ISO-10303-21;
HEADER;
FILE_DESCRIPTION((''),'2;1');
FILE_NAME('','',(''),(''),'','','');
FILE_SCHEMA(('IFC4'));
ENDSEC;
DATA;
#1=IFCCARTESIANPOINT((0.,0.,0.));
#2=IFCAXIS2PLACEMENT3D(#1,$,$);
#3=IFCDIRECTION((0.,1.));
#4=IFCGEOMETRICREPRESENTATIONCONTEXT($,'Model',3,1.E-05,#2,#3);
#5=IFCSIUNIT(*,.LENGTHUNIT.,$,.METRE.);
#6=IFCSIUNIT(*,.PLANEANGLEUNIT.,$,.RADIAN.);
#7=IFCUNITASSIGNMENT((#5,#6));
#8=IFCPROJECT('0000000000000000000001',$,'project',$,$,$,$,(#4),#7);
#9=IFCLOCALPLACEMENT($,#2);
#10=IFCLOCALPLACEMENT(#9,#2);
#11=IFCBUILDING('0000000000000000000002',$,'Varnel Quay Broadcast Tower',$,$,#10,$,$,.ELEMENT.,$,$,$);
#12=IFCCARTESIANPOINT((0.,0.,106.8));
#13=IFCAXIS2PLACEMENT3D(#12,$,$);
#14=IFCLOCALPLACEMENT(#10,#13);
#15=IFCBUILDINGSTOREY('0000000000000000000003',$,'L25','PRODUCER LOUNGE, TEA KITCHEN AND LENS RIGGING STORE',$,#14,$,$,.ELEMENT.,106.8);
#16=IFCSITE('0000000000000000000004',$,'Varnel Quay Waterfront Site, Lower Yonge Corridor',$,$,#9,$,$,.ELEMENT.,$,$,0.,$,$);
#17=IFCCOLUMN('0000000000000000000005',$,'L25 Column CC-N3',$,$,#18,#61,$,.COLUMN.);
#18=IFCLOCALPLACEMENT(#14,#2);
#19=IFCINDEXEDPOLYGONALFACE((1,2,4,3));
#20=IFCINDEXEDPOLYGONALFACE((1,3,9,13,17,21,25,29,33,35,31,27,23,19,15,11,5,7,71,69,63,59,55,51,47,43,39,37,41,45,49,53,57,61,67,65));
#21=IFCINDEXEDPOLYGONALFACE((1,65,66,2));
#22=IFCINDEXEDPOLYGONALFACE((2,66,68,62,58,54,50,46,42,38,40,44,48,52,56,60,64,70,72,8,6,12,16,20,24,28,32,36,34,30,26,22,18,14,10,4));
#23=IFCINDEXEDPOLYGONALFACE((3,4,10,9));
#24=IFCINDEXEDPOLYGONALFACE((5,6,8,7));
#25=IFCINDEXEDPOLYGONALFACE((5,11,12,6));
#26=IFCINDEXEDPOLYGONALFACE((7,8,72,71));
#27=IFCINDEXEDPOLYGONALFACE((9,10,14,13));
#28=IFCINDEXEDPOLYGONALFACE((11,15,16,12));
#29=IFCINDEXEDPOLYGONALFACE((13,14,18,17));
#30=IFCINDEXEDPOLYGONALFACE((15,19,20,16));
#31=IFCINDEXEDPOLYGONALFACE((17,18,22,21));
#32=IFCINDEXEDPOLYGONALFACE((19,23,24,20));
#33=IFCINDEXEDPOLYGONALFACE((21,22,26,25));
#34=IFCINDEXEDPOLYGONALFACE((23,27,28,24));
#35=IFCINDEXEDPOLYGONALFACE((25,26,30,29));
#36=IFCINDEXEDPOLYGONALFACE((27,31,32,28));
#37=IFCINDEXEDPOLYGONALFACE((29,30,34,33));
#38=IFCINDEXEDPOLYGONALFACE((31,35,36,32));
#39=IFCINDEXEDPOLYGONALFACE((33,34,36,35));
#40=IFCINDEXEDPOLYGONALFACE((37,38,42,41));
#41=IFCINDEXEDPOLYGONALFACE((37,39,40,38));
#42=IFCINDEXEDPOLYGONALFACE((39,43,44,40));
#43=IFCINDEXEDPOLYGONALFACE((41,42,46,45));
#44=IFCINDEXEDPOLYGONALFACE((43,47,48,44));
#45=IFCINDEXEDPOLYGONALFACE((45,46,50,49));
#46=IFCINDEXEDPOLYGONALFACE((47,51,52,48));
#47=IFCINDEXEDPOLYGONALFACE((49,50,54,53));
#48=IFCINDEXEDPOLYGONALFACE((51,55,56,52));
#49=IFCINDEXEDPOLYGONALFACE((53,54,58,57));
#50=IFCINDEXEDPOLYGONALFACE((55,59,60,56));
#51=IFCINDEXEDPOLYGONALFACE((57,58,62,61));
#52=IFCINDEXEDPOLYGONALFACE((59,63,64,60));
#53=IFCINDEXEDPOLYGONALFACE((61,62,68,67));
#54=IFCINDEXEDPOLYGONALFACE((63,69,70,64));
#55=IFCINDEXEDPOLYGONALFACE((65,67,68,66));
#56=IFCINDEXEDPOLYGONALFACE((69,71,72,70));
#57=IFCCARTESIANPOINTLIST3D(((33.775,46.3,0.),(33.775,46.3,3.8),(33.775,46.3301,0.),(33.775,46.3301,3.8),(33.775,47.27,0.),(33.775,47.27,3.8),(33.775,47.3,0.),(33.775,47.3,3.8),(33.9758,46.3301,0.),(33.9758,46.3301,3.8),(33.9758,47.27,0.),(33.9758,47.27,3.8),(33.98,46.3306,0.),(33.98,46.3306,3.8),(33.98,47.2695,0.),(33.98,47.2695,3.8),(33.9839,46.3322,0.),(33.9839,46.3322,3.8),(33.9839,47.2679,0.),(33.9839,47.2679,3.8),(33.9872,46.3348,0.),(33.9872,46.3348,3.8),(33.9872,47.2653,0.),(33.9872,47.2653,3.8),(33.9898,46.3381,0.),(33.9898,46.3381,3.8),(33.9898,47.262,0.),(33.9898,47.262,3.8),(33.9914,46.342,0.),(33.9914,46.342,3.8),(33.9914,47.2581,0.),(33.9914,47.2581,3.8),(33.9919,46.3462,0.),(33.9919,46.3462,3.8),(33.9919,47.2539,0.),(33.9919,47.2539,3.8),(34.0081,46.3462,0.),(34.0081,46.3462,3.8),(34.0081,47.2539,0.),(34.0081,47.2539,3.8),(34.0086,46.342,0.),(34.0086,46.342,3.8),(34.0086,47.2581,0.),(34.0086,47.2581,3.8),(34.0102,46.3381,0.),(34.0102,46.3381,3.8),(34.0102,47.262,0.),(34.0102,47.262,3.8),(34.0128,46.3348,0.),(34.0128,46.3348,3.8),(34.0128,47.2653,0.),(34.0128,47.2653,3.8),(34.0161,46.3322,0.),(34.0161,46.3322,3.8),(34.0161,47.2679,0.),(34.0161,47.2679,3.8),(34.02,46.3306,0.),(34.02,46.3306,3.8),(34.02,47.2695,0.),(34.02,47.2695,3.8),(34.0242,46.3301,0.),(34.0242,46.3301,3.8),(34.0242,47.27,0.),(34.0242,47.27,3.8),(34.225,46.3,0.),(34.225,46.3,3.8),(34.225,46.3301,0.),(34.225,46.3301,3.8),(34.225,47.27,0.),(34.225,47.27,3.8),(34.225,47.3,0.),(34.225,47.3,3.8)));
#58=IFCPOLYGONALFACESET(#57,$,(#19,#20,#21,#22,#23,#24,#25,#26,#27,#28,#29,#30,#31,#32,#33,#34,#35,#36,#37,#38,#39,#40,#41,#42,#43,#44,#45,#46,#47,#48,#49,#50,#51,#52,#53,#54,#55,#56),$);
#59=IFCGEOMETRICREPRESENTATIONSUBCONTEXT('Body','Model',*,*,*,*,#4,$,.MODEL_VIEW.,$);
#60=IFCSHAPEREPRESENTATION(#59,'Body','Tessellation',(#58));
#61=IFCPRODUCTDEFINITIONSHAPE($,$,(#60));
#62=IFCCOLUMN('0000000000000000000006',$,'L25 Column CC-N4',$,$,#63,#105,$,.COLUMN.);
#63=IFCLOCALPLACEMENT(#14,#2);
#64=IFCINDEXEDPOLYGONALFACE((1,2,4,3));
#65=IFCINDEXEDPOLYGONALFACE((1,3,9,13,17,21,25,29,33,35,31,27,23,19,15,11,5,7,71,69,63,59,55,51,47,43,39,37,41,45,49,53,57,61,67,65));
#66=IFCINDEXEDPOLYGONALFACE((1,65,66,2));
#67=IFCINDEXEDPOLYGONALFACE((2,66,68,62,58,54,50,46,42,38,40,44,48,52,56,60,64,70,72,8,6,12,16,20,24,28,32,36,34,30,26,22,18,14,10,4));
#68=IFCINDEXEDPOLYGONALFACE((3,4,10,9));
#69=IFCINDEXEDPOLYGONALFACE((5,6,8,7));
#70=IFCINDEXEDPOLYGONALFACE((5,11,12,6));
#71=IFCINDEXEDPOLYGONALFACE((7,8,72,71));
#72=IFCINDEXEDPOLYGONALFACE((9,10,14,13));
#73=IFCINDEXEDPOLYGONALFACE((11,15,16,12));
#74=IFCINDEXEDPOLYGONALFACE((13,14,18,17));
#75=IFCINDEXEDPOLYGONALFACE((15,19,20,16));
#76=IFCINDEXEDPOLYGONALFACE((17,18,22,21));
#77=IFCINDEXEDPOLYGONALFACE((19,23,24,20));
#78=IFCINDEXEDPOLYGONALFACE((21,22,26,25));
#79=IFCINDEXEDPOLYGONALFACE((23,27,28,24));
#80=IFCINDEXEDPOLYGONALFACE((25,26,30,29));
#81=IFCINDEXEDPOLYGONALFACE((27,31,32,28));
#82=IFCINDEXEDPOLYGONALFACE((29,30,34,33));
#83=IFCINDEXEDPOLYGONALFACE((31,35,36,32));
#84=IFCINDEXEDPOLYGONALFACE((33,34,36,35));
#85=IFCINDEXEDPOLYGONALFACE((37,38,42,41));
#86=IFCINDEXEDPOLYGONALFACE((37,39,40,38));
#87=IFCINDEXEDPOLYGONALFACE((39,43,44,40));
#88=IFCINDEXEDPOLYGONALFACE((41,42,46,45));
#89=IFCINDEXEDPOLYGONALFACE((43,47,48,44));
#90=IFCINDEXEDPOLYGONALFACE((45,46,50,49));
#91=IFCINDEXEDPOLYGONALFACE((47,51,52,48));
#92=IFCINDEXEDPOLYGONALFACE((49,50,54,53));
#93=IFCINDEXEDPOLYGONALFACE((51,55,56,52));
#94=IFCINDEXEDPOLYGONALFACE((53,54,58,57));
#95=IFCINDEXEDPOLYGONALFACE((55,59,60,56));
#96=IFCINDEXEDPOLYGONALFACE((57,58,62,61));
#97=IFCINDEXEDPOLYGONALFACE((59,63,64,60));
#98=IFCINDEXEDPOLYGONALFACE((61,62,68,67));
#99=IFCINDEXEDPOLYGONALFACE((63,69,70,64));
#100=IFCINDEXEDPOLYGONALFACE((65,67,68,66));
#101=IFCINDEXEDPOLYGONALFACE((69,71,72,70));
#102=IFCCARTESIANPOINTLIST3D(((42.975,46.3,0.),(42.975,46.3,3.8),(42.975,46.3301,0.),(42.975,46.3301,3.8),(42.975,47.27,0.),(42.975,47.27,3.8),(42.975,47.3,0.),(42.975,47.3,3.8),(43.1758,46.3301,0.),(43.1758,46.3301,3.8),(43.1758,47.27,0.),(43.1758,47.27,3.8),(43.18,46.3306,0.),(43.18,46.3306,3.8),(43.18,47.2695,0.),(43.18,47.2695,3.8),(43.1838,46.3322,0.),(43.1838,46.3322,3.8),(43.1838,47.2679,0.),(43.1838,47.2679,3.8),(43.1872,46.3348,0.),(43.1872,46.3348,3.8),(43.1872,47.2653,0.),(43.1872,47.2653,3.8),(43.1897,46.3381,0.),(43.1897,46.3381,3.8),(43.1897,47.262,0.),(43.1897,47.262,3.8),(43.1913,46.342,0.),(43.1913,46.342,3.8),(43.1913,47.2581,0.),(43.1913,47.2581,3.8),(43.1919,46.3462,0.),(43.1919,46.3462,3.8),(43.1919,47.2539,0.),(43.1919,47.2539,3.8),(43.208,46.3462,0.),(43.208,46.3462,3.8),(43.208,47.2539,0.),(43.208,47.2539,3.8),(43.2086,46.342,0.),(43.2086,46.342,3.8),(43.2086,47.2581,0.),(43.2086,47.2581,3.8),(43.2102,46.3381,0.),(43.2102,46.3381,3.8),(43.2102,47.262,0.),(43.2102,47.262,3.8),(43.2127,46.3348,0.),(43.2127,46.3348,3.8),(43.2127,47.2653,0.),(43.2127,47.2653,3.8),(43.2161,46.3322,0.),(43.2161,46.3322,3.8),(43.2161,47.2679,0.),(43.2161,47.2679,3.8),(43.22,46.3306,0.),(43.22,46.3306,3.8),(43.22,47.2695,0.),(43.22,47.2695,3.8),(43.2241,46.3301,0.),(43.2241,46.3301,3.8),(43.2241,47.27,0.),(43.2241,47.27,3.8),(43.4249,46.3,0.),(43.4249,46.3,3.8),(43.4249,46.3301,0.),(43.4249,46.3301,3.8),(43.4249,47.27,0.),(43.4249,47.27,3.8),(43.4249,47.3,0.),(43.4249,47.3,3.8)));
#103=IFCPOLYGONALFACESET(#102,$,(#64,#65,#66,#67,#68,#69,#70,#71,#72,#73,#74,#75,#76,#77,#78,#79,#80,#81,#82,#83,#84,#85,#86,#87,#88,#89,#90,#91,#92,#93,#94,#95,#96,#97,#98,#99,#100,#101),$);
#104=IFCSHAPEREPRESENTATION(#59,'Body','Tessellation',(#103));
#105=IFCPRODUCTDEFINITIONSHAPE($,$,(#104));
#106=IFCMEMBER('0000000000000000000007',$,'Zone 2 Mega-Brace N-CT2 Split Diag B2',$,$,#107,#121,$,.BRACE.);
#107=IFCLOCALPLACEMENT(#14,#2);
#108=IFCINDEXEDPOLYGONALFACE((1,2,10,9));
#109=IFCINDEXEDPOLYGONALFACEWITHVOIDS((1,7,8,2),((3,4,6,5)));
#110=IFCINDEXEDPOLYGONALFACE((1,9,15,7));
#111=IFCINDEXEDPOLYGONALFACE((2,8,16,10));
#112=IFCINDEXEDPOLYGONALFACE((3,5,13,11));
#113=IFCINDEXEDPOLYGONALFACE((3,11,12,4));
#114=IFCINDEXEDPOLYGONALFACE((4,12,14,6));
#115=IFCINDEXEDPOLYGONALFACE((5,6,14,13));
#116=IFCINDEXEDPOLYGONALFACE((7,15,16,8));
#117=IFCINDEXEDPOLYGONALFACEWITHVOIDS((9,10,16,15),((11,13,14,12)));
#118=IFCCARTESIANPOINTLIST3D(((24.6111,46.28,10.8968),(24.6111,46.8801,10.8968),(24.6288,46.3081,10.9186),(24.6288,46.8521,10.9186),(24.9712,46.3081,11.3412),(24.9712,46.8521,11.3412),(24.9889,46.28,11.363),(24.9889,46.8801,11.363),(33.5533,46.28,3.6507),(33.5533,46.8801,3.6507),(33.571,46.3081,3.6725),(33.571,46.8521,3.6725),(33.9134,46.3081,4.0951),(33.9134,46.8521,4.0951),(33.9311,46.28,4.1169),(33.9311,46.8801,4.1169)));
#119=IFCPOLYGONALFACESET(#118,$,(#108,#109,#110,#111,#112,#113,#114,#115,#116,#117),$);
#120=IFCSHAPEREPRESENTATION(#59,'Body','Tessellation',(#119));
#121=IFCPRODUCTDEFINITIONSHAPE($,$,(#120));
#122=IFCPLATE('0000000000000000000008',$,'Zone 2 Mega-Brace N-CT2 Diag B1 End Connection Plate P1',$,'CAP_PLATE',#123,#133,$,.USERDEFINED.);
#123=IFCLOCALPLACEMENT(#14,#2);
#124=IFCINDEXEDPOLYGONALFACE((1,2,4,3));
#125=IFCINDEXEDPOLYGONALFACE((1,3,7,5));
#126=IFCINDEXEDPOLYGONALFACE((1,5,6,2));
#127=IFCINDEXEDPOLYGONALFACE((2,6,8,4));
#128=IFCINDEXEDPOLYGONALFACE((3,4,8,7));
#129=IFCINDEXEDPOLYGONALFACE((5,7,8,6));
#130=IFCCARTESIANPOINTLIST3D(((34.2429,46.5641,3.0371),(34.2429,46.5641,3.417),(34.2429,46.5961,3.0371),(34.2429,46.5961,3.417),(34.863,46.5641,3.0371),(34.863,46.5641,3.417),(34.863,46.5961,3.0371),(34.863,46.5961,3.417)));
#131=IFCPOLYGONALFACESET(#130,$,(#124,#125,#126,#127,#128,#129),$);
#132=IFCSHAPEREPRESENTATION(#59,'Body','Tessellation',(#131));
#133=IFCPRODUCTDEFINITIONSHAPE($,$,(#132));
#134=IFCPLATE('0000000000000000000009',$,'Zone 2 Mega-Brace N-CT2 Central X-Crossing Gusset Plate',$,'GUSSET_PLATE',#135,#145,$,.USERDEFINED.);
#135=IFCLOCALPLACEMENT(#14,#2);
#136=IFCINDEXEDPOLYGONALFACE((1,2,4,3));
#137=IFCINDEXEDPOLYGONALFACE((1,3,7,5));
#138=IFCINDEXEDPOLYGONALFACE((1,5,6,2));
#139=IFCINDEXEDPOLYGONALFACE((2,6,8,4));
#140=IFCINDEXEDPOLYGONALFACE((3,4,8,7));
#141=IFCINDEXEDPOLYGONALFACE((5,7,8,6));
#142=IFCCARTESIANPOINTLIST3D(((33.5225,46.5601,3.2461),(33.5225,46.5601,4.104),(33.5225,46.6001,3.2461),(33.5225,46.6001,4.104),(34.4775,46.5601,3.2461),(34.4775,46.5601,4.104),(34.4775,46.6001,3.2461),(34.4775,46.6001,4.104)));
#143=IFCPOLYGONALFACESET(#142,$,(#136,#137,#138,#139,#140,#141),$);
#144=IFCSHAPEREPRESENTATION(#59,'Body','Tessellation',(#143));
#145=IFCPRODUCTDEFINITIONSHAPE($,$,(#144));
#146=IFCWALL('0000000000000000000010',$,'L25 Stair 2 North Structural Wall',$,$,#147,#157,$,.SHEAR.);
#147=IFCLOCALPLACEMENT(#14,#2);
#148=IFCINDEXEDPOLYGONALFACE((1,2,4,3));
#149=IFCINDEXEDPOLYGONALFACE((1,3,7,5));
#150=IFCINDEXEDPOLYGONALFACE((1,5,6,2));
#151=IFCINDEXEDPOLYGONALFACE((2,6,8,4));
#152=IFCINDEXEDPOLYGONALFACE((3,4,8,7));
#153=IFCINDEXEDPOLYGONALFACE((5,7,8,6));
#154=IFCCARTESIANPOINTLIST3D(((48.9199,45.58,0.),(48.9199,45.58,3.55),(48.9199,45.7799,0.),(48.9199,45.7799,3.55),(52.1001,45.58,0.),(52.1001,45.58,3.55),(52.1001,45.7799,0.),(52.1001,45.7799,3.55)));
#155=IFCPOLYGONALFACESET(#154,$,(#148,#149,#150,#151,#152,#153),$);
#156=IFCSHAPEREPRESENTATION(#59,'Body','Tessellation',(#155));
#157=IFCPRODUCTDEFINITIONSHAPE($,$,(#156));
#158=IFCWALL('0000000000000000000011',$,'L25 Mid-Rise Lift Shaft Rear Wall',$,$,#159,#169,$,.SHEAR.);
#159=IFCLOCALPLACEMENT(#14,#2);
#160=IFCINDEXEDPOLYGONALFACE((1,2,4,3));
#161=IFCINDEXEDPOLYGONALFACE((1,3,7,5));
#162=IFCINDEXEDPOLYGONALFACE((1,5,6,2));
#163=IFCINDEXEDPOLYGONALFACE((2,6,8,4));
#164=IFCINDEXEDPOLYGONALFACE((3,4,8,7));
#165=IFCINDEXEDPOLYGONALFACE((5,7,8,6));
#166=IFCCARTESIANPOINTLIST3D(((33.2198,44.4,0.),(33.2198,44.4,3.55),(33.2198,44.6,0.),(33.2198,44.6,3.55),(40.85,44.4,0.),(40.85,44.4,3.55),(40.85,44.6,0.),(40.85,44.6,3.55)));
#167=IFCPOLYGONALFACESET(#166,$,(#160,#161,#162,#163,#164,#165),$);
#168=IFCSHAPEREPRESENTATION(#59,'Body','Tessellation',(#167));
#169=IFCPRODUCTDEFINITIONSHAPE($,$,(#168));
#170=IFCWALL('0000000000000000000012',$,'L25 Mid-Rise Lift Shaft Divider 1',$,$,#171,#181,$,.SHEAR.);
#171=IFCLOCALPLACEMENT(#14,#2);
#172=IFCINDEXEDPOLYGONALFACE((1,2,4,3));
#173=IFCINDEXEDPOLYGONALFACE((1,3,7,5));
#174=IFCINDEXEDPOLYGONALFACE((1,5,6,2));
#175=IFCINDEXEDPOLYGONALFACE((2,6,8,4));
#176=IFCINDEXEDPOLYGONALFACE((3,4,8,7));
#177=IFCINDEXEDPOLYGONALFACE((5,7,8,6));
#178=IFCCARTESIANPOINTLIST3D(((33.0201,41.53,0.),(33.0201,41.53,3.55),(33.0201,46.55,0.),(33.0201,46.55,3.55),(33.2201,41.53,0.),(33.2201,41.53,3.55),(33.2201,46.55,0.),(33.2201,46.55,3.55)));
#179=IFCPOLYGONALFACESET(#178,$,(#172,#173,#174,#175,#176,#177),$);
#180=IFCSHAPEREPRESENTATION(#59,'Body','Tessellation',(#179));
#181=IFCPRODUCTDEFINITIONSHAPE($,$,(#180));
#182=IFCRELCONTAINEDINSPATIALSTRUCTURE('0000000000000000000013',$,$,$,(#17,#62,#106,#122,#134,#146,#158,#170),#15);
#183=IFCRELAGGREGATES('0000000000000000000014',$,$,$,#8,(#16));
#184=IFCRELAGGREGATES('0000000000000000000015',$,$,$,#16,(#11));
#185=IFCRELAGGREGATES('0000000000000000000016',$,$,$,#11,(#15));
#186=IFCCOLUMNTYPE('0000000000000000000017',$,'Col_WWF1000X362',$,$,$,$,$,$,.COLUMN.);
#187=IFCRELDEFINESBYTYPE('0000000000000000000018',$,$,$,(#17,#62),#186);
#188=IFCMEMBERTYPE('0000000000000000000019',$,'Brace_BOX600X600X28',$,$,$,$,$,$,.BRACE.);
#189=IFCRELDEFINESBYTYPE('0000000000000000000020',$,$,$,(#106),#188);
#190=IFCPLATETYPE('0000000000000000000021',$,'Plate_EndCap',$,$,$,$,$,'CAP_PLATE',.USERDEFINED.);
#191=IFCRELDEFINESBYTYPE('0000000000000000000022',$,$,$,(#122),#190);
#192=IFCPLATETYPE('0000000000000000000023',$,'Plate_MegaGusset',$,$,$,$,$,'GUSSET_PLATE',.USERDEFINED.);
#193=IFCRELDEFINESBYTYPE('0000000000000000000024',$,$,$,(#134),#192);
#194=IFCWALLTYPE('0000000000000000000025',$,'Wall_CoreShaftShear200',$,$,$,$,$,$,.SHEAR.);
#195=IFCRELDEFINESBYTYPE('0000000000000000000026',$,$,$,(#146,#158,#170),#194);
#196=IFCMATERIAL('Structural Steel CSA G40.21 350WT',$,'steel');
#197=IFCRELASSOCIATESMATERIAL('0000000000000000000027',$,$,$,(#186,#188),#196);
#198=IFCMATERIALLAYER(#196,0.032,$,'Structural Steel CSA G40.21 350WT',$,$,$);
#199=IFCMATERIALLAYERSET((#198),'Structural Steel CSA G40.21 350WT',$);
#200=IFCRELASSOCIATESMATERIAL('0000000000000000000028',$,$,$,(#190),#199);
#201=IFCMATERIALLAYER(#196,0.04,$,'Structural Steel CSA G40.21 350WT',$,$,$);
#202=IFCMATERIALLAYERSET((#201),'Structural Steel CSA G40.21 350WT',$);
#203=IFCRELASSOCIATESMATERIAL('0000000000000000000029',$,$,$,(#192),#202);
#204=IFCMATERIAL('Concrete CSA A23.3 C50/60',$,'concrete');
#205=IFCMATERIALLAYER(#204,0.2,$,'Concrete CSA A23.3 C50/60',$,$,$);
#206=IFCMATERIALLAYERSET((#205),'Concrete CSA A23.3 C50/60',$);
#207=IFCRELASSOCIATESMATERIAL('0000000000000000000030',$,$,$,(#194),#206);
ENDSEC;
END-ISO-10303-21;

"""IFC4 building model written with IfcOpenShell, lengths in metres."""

from ifc_helpers import new_model, si_unit, direction, frame, frame_2d, origin, origin_2d, place, context, subcontext, project, spatial, rectangle, hollow_rectangle, i_section, extrude, source, transform, mapped, material, layer, layer_set, material_profile, profile_set, type_object, type_shapes, element, save


model = new_model("IFC4")

# Units and contexts
model_context = context("Model", 3, precision=1e-05, world=origin(), true_north=direction((0.0, 1.0)))
body_context = subcontext(model_context, "Body", "Model", "MODEL_VIEW")
ifc_project = project(units=[si_unit("LENGTHUNIT", "METRE"), si_unit("PLANEANGLEUNIT", "RADIAN")], contexts=[model_context])

# Site, building, storey
site_placement = place(None, origin())
site = spatial("IfcSite", under=ifc_project, at=site_placement, Name="Varnel Quay Waterfront Site, Lower Yonge Corridor", CompositionType="ELEMENT", RefElevation=0.0)
building_placement = place(site_placement, origin())
building = spatial("IfcBuilding", under=site, at=building_placement, Name="Varnel Quay Broadcast Tower", CompositionType="ELEMENT")
storey_placement = place(building_placement, frame((0.0, 0.0, 106.8)))
storey = spatial("IfcBuildingStorey", under=building, at=storey_placement, Name="L25", Description="PRODUCER LOUNGE, TEA KITCHEN AND LENS RIGGING STORE", CompositionType="ELEMENT", Elevation=106.8)

# Columns
ifc_material_1 = material(Name="Structural Steel CSA G40.21 350WT", Category="steel")
ifc_material_profile_1 = material_profile(ifc_material_1, i_section(OverallWidth=0.45, OverallDepth=1.0, WebThickness=0.0161, FlangeThickness=0.03, FilletRadius=0.0161, at=origin_2d()), Name="WWF1000X362")
ifc_profile_set_1 = profile_set([ifc_material_profile_1], Name="Structural Steel CSA G40.21 350WT")
column_type = type_object("IfcColumnType", Name="Col_WWF1000X362", PredefinedType="COLUMN", material=ifc_profile_set_1)
shared_shape_1 = source(origin(), body_context, "Body", "SweptSolid", [
    extrude(i_section(OverallWidth=0.45, OverallDepth=1.0, WebThickness=0.0161, FlangeThickness=0.03, FilletRadius=0.0161, at=origin_2d()), origin(), (0.0, 0.0, 1.0), 3.8),
])
type_shapes(column_type, [shared_shape_1])
for number, where, z_axis, x_axis, name in (
    (1, (34.0, 46.8, 0.0), (0.0, 0.0, 1.0), (1.0, 0.0, 0.0), "L25 Column CC-N3"),
    (2, (43.2, 46.8, 0.0), (0.0, 0.0, 1.0), (1.0, 0.0, 0.0), "L25 Column CC-N4"),
):
    element("IfcColumn", number, at=place(storey_placement, frame(where, z_axis=z_axis, x_axis=x_axis)), inside=storey, type_object=column_type, Name=name, PredefinedType="COLUMN", context=body_context, shape_type="MappedRepresentation", body=[
        mapped(shared_shape_1, transform((0.0, 0.0, 0.0), x_axis=(1.0, 0.0, 0.0), y_axis=(0.0, 1.0, 0.0), z_axis=(0.0, 0.0, 1.0), scale=1.0)),
    ])

# Member
ifc_material_profile_2 = material_profile(ifc_material_1, hollow_rectangle(XDim=0.6001, YDim=0.6001, WallThickness=0.0281, at=origin_2d()), Name="BOX600X600X28")
ifc_profile_set_2 = profile_set([ifc_material_profile_2], Name="Structural Steel CSA G40.21 350WT")
member_type = type_object("IfcMemberType", Name="Brace_BOX600X600X28", PredefinedType="BRACE", material=ifc_profile_set_2)
shared_shape_2 = source(origin(), body_context, "Body", "SweptSolid", [
    extrude(hollow_rectangle(XDim=0.6001, YDim=0.6001, WallThickness=0.0281, at=origin_2d()), origin(), (0.0, 0.0, 1.0), 11.5095),
])
type_shapes(member_type, [shared_shape_2])
member_placement = place(storey_placement, frame((33.7422, 46.5801, 3.8838), z_axis=(-0.776938, 0.0, 0.629577), x_axis=(0.0, -1.0, 0.0)))
element("IfcMember", 3, at=member_placement, inside=storey, type_object=member_type, Name="Zone 2 Mega-Brace N-CT2 Split Diag B2", PredefinedType="BRACE", context=body_context, shape_type="MappedRepresentation", body=[
    mapped(shared_shape_2, transform((0.0, 0.0, 0.0), x_axis=(1.0, 0.0, 0.0), y_axis=(0.0, 1.0, 0.0), z_axis=(0.0, 0.0, 1.0), scale=1.0)),
])

# Plates
ifc_layer_1 = layer(ifc_material_1, 0.032, Name="Structural Steel CSA G40.21 350WT")
ifc_layer_set_1 = layer_set([ifc_layer_1], Name="Structural Steel CSA G40.21 350WT")
plate_type_1 = type_object("IfcPlateType", Name="Plate_EndCap", ElementType="CAP_PLATE", PredefinedType="USERDEFINED", material=ifc_layer_set_1)
shared_shape_3 = source(origin(), body_context, "Body", "SweptSolid", [
    extrude(rectangle(XDim=0.6201, YDim=0.032, at=origin_2d()), origin(), (0.0, 0.0, 1.0), 0.3799),
])
type_shapes(plate_type_1, [shared_shape_3])
plate_1_placement = place(storey_placement, frame((34.553, 46.5801, 3.0371), z_axis=(0.0, 0.0, 1.0), x_axis=(1.0, 0.0, 0.0)))
element("IfcPlate", 4, at=plate_1_placement, inside=storey, type_object=plate_type_1, Name="Zone 2 Mega-Brace N-CT2 Diag B1 End Connection Plate P1", ObjectType="CAP_PLATE", PredefinedType="USERDEFINED", context=body_context, shape_type="MappedRepresentation", body=[
    mapped(shared_shape_3, transform((0.0, 0.0, 0.0), x_axis=(1.0, 0.0, 0.0), y_axis=(0.0, 1.0, 0.0), z_axis=(0.0, 0.0, 1.0), scale=1.0)),
])
ifc_layer_2 = layer(ifc_material_1, 0.04, Name="Structural Steel CSA G40.21 350WT")
ifc_layer_set_2 = layer_set([ifc_layer_2], Name="Structural Steel CSA G40.21 350WT")
plate_type_2 = type_object("IfcPlateType", Name="Plate_MegaGusset", ElementType="GUSSET_PLATE", PredefinedType="USERDEFINED", material=ifc_layer_set_2)
shared_shape_4 = source(origin(), body_context, "Body", "SweptSolid", [
    extrude(rectangle(XDim=0.9551, YDim=0.04, at=origin_2d()), origin(), (0.0, 0.0, 1.0), 0.8579),
])
type_shapes(plate_type_2, [shared_shape_4])
plate_2_placement = place(storey_placement, frame((34.0, 46.5801, 3.2461), z_axis=(0.0, 0.0, 1.0), x_axis=(1.0, 0.0, 0.0)))
element("IfcPlate", 5, at=plate_2_placement, inside=storey, type_object=plate_type_2, Name="Zone 2 Mega-Brace N-CT2 Central X-Crossing Gusset Plate", ObjectType="GUSSET_PLATE", PredefinedType="USERDEFINED", context=body_context, shape_type="MappedRepresentation", body=[
    mapped(shared_shape_4, transform((0.0, 0.0, 0.0), x_axis=(1.0, 0.0, 0.0), y_axis=(0.0, 1.0, 0.0), z_axis=(0.0, 0.0, 1.0), scale=1.0)),
])

# Walls
ifc_material_2 = material(Name="Concrete CSA A23.3 C50/60", Category="concrete")
ifc_layer_3 = layer(ifc_material_2, 0.2, Name="Concrete CSA A23.3 C50/60")
ifc_layer_set_3 = layer_set([ifc_layer_3], Name="Concrete CSA A23.3 C50/60")
wall_type_1 = type_object("IfcWallType", Name="Wall_CoreShaftShear200", PredefinedType="SHEAR", material=ifc_layer_set_3)
wall_1_placement = place(storey_placement, frame((48.9199, 45.6799, 0.0), z_axis=(0.0, 0.0, 1.0), x_axis=(1.0, 0.0, 0.0)))
element("IfcWall", 6, at=wall_1_placement, inside=storey, type_object=wall_type_1, Name="L25 Stair 2 North Structural Wall", PredefinedType="SHEAR", context=body_context, shape_type="SweptSolid", body=[
    extrude(rectangle(XDim=3.1802, YDim=0.2, at=frame_2d((1.5901, 0.0))), origin(), (0.0, 0.0, 1.0), 3.55),
])
wall_2_placement = place(storey_placement, frame((33.22, 44.5, 0.0), z_axis=(0.0, 0.0, 1.0), x_axis=(1.0, 0.0, 0.0)))
element("IfcWall", 7, at=wall_2_placement, inside=storey, type_object=wall_type_1, Name="L25 Mid-Rise Lift Shaft Rear Wall", PredefinedType="SHEAR", context=body_context, shape_type="SweptSolid", body=[
    extrude(rectangle(XDim=7.6301, YDim=0.2, at=frame_2d((3.8149, 0.0))), origin(), (0.0, 0.0, 1.0), 3.55),
])
wall_3_placement = place(storey_placement, frame((33.1201, 41.53, 0.0), z_axis=(0.0, 0.0, 1.0), x_axis=(0.0, 1.0, 0.0)))
element("IfcWall", 8, at=wall_3_placement, inside=storey, type_object=wall_type_1, Name="L25 Mid-Rise Lift Shaft Divider 1", PredefinedType="SHEAR", context=body_context, shape_type="SweptSolid", body=[
    extrude(rectangle(XDim=5.02, YDim=0.2, at=frame_2d((2.51, 0.0))), origin(), (0.0, 0.0, 1.0), 3.55),
])

save(model, "model.ifc")
